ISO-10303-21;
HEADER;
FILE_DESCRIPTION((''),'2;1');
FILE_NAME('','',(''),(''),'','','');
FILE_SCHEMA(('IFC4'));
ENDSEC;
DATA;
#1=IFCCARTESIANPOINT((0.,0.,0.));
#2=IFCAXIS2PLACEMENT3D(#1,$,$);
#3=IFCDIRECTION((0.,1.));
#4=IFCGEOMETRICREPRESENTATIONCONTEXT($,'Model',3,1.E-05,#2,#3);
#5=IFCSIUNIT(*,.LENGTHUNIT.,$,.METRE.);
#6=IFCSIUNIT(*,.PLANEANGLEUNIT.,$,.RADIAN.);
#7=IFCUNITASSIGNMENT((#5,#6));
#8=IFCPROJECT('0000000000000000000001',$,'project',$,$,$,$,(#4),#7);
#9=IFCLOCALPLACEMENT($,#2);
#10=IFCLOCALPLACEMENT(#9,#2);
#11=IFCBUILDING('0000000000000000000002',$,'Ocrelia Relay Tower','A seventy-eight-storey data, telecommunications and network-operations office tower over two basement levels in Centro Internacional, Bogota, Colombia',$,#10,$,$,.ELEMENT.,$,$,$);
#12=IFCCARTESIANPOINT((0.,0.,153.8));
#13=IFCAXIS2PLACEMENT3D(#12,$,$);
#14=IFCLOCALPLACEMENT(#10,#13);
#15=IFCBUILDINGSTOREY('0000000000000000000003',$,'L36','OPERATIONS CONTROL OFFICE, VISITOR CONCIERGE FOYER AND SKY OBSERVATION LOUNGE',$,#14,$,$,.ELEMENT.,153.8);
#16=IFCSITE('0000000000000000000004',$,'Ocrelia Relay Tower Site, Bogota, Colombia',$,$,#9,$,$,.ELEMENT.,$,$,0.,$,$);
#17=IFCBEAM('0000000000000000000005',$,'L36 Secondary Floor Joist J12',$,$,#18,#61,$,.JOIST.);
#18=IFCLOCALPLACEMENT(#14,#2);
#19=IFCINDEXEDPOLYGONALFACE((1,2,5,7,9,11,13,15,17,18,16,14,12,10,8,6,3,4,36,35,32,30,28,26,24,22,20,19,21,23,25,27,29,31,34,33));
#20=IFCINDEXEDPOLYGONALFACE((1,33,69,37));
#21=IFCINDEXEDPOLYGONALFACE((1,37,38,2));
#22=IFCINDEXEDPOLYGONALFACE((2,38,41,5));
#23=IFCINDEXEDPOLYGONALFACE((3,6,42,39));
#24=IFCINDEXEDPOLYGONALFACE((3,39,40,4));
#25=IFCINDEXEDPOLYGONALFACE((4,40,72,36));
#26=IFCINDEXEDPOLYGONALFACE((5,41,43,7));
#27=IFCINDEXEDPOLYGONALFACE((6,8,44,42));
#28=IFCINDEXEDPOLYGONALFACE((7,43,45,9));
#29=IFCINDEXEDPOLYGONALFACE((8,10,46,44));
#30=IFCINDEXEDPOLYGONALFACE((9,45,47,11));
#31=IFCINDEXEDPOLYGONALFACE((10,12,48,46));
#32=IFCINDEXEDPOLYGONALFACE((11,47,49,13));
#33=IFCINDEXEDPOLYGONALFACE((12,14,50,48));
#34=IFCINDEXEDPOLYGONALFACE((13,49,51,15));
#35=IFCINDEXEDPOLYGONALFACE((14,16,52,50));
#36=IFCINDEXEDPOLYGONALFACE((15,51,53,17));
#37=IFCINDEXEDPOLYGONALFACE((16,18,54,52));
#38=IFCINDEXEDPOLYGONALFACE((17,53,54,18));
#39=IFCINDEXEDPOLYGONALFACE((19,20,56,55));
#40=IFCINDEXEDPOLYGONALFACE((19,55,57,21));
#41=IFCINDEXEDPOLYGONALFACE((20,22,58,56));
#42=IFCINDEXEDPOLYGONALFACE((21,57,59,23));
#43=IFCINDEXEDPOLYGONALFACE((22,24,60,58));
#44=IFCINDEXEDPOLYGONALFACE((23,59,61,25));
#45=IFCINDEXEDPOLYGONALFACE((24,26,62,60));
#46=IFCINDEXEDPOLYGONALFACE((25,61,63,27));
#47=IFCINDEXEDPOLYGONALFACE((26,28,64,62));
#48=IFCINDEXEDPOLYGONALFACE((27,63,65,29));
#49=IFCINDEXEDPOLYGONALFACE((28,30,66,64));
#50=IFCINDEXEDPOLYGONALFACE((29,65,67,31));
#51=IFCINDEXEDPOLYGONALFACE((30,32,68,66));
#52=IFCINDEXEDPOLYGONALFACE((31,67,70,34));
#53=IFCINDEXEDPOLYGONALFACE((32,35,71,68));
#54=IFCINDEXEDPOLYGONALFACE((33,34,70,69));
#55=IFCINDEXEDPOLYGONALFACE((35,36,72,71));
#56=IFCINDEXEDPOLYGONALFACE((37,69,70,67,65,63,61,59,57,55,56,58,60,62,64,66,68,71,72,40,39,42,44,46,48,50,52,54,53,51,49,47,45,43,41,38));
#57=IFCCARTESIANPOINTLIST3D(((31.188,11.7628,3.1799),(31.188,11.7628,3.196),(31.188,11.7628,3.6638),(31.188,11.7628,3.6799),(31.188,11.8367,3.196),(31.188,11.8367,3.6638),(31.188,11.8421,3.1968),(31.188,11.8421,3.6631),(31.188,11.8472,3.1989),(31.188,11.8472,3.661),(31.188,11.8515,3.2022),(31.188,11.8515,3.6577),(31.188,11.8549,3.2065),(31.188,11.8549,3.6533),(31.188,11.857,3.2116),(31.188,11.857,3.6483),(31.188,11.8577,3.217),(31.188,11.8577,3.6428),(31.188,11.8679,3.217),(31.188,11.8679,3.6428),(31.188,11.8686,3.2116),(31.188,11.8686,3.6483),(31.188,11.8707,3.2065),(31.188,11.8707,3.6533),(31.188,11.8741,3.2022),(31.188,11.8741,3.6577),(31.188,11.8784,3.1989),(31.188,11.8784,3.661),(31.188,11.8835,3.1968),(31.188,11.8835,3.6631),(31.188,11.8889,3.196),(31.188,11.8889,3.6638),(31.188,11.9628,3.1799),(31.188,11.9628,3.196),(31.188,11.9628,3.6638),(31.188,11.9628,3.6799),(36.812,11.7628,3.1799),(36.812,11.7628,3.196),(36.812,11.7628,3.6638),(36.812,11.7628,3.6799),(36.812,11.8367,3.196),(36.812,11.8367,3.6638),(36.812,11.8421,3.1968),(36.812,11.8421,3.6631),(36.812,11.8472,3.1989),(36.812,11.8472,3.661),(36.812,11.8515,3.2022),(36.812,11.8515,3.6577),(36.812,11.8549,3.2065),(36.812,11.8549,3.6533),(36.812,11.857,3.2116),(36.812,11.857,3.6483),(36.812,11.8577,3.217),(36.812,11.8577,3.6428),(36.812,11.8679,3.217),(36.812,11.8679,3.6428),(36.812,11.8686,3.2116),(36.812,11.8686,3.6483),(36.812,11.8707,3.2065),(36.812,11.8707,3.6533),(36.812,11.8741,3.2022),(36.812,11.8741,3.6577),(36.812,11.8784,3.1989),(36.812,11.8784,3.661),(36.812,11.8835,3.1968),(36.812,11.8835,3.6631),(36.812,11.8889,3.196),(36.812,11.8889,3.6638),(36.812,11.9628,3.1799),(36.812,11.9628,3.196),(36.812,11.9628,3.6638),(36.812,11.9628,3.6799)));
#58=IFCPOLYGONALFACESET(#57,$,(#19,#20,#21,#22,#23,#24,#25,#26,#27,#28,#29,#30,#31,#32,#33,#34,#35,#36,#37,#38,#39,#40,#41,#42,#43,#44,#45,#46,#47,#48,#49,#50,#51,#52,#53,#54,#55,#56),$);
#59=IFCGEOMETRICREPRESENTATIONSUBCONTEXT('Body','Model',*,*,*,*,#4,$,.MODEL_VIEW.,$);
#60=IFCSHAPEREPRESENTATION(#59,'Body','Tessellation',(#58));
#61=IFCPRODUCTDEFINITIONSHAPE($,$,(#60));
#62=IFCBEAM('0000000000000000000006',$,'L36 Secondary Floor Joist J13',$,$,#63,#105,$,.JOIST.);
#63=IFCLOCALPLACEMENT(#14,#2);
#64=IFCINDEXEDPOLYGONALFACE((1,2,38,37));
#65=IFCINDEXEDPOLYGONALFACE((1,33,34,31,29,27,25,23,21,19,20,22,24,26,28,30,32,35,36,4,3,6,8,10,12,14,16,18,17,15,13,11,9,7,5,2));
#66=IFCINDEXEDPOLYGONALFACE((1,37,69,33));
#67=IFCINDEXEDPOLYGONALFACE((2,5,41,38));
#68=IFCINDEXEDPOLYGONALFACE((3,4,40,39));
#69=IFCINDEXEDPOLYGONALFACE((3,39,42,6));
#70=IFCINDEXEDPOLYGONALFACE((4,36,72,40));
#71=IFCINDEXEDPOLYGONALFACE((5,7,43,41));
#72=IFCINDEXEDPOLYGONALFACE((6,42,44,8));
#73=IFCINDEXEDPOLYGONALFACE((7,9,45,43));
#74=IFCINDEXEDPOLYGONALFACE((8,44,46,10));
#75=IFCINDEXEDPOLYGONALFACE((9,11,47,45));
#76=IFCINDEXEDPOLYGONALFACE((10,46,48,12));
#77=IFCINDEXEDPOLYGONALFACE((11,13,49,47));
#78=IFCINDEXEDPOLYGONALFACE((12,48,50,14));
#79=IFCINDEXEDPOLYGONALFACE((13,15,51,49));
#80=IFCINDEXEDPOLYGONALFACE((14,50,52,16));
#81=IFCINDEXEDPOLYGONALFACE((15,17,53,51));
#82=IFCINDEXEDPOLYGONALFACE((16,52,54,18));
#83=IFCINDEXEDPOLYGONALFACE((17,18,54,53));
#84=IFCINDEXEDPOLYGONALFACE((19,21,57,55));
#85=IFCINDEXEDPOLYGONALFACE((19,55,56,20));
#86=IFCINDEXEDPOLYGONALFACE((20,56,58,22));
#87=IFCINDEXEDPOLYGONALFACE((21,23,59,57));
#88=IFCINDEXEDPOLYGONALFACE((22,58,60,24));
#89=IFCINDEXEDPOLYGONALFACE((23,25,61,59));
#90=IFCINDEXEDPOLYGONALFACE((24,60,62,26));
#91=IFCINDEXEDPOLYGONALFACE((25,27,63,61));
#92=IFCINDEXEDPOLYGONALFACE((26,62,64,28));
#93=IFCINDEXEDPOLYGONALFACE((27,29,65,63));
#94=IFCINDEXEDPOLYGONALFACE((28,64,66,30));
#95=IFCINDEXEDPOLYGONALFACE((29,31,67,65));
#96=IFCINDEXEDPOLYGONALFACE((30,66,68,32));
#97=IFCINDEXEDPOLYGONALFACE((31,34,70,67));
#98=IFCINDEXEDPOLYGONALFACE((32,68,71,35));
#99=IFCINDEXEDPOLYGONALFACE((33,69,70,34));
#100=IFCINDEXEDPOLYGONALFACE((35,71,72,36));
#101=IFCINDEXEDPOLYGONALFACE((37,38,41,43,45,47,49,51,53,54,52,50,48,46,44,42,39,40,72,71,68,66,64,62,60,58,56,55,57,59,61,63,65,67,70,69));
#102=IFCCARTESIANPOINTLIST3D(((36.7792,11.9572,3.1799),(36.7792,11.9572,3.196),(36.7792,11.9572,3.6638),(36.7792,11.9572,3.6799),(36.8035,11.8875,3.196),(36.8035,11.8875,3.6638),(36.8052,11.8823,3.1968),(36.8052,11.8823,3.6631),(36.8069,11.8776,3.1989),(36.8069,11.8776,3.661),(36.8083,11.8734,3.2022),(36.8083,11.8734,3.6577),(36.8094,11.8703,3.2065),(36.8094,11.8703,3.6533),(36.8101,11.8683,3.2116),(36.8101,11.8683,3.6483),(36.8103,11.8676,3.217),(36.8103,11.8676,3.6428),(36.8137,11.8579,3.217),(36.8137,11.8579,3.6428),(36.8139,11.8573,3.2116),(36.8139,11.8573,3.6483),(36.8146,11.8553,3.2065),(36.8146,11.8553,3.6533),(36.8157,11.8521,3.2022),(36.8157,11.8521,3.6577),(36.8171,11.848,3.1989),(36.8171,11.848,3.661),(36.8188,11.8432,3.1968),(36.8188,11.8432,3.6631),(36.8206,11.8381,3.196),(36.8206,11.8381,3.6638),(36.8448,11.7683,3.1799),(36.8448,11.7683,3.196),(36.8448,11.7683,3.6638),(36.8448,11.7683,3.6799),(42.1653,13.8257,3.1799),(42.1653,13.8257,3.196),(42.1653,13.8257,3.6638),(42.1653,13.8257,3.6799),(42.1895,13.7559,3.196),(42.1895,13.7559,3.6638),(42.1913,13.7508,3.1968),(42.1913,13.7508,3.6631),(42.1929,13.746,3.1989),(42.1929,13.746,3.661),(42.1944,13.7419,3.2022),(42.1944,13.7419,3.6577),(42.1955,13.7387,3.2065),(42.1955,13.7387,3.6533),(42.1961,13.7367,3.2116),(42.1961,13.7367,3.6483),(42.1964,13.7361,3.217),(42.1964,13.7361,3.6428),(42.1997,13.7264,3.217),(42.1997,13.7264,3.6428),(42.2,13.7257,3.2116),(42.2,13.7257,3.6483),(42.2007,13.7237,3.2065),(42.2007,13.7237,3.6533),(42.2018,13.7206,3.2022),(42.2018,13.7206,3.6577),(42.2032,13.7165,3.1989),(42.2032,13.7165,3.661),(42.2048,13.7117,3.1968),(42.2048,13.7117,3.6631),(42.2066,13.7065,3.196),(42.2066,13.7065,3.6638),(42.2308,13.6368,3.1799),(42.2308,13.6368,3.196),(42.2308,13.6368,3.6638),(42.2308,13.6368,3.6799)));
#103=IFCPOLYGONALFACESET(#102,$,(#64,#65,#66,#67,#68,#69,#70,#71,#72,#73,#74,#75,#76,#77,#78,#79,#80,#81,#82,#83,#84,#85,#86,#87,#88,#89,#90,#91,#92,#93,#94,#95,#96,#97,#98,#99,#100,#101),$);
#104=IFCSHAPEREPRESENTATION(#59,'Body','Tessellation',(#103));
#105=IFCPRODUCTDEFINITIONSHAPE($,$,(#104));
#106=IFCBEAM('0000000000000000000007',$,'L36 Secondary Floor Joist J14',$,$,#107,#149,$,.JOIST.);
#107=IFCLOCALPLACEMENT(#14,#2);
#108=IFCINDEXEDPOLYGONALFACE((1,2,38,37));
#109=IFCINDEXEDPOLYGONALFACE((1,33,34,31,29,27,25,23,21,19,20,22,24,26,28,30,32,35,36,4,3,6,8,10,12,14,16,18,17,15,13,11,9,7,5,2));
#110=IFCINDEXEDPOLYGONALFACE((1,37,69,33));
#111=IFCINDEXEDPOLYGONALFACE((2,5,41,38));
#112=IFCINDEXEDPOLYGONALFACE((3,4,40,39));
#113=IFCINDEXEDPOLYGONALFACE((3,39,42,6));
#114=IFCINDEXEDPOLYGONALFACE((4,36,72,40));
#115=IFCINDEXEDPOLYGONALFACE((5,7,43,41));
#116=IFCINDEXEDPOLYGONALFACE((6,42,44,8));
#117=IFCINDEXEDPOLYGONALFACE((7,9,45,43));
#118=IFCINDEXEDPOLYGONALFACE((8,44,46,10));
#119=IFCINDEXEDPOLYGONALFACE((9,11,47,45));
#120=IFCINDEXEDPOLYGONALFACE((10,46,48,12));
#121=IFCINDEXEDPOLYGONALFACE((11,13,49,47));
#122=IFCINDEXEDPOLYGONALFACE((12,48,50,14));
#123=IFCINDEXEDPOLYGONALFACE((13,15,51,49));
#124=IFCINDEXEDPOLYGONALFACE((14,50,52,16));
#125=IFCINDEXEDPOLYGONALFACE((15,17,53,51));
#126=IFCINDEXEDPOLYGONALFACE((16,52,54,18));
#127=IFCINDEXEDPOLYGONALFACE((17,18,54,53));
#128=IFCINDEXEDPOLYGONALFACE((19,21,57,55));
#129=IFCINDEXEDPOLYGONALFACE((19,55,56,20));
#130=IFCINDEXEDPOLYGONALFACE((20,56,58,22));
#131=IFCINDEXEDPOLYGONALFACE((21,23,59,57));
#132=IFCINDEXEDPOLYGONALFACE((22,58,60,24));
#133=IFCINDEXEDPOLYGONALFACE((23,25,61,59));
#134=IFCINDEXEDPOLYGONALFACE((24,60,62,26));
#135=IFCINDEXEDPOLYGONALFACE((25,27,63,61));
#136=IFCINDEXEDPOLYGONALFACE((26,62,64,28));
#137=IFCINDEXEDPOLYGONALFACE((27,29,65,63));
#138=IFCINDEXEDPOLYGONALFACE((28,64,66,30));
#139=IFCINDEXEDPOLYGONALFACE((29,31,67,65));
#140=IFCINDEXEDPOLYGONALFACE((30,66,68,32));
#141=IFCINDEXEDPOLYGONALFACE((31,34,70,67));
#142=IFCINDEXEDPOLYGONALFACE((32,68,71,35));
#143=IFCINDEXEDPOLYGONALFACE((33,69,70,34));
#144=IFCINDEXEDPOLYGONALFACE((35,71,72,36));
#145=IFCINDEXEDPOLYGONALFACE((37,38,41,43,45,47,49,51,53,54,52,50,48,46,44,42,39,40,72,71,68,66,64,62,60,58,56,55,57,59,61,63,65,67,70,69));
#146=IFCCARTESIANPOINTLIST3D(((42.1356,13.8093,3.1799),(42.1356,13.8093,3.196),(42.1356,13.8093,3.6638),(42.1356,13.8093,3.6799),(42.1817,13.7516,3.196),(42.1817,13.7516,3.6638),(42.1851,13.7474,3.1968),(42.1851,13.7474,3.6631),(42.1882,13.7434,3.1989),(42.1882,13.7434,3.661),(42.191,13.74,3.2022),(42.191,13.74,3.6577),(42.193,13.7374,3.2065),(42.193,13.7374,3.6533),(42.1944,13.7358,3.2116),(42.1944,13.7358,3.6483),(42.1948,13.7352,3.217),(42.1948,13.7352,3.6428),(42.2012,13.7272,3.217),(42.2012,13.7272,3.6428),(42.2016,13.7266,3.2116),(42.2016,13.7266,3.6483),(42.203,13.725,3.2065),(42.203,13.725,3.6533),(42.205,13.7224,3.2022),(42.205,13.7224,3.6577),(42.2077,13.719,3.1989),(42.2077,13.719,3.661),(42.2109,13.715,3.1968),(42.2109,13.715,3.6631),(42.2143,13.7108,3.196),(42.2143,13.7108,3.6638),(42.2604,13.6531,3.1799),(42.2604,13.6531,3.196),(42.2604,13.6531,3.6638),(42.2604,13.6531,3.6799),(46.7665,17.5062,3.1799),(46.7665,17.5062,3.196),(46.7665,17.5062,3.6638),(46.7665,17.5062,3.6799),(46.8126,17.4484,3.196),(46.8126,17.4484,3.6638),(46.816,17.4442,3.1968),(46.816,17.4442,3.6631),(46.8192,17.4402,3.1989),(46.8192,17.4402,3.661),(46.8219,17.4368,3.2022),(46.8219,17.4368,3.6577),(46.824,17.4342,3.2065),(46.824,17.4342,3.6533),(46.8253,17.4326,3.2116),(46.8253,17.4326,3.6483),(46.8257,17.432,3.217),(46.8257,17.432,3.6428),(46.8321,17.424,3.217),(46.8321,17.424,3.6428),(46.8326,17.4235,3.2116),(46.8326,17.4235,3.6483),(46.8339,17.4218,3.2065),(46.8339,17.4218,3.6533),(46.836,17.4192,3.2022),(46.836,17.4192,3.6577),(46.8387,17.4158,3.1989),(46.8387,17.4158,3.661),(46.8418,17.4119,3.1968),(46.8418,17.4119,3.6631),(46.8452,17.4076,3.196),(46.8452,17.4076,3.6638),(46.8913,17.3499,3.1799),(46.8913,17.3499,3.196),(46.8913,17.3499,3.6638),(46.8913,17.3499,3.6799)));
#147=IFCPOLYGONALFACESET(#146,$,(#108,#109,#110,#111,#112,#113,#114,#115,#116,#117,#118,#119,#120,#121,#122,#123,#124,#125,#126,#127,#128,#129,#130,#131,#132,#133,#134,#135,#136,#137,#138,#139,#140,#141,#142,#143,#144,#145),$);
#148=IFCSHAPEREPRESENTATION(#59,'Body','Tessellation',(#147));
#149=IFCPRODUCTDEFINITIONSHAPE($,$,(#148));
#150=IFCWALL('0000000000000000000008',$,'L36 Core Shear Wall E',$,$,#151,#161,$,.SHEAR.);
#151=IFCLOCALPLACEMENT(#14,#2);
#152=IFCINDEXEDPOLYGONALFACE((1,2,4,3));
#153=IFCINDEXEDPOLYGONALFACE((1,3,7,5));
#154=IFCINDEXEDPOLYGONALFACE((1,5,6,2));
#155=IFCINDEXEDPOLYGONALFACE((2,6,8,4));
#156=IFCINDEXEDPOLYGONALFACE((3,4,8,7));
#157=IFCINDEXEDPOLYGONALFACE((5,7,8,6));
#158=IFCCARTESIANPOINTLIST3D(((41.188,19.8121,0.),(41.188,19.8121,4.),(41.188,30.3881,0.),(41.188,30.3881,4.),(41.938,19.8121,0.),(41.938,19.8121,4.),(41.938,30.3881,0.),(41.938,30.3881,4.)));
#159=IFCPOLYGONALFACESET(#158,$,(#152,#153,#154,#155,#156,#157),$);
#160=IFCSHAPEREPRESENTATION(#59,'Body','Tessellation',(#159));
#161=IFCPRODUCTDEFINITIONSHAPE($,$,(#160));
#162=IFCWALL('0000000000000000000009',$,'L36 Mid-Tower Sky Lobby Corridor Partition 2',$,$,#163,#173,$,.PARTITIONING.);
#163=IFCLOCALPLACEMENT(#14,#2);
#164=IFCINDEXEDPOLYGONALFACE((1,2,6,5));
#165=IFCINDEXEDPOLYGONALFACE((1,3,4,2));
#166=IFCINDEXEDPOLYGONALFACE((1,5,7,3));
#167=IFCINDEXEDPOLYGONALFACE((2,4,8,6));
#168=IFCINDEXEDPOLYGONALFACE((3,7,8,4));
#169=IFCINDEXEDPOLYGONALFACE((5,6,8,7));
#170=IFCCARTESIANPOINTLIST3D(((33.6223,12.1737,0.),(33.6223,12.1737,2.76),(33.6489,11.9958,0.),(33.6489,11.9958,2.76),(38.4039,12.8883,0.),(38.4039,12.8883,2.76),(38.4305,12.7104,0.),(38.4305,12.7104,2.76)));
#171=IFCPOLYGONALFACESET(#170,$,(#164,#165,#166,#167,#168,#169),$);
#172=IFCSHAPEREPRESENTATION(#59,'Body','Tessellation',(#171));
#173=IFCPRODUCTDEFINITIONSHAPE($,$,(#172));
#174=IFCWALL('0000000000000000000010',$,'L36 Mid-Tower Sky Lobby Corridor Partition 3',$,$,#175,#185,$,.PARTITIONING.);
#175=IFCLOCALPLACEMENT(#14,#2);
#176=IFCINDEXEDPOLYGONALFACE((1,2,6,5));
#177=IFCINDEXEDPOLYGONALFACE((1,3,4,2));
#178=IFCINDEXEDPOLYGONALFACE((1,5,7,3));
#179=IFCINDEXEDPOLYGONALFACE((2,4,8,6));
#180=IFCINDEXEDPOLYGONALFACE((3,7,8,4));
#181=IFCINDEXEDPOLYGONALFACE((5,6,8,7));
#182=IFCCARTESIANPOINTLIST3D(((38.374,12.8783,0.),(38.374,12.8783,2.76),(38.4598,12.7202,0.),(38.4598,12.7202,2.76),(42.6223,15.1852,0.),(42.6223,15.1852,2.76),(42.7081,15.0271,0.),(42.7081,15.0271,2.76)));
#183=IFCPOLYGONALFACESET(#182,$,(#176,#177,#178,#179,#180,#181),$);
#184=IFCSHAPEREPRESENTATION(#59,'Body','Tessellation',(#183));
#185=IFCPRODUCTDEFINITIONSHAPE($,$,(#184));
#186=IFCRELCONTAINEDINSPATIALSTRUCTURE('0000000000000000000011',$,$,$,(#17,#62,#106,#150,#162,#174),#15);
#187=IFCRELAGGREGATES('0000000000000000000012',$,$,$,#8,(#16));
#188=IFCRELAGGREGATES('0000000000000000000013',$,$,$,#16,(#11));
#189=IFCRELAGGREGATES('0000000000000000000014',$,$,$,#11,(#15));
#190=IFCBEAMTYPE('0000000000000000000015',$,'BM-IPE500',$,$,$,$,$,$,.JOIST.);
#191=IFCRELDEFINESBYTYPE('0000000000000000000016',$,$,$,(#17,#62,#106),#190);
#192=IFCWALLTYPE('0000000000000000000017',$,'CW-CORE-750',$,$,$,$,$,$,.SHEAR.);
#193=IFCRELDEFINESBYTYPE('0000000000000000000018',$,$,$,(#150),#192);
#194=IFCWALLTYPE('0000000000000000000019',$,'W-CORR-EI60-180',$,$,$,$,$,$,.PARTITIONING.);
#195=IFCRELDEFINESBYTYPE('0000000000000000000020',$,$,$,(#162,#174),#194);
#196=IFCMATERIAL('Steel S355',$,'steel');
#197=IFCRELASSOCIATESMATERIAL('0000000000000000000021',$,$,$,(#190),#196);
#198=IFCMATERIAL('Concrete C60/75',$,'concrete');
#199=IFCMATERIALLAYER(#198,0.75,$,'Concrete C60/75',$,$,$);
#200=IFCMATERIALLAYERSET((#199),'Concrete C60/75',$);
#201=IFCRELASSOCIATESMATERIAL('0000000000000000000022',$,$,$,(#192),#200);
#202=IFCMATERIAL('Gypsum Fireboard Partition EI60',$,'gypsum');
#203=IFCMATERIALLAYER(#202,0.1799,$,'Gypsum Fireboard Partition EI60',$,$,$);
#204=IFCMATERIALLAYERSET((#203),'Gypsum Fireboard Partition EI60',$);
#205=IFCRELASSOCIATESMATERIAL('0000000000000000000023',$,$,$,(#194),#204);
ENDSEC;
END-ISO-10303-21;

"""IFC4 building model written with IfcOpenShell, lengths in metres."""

from ifc_helpers import new_model, si_unit, direction, frame, frame_2d, origin, origin_2d, place, context, subcontext, project, spatial, rectangle, i_section, extrude, material, layer, layer_set, material_profile, profile_set, type_object, element, save


model = new_model("IFC4")

# Units and contexts
model_context = context("Model", 3, precision=1e-05, world=origin(), true_north=direction((0.0, 1.0)))
body_context = subcontext(model_context, "Body", "Model", "MODEL_VIEW")
ifc_project = project(units=[si_unit("LENGTHUNIT", "METRE"), si_unit("PLANEANGLEUNIT", "RADIAN")], contexts=[model_context])

# Site, building, storey
site_placement = place(None, origin())
site = spatial("IfcSite", under=ifc_project, at=site_placement, Name="Ocrelia Relay Tower Site, Bogota, Colombia", CompositionType="ELEMENT", RefElevation=0.0)
building_placement = place(site_placement, origin())
building = spatial("IfcBuilding", under=site, at=building_placement, Name="Ocrelia Relay Tower", Description="A seventy-eight-storey data, telecommunications and network-operations office tower over two basement levels in Centro Internacional, Bogota, Colombia", CompositionType="ELEMENT")
storey_placement = place(building_placement, frame((0.0, 0.0, 153.8)))
storey = spatial("IfcBuildingStorey", under=building, at=storey_placement, Name="L36", Description="OPERATIONS CONTROL OFFICE, VISITOR CONCIERGE FOYER AND SKY OBSERVATION LOUNGE", CompositionType="ELEMENT", Elevation=153.8)

# Shared definitions
ifc_material_1 = material(Name="Concrete C60/75", Category="concrete")

# Beams
ifc_material_2 = material(Name="Steel S355", Category="steel")
ifc_material_profile_1 = material_profile(ifc_material_2, i_section(OverallWidth=0.2, OverallDepth=0.5, WebThickness=0.0103, FlangeThickness=0.0161, FilletRadius=0.021, at=origin_2d()), Name="IPE 500")
ifc_profile_set_1 = profile_set([ifc_material_profile_1], Name="Steel S355")
beam_type_1 = type_object("IfcBeamType", Name="BM-IPE500", PredefinedType="JOIST", material=ifc_profile_set_1)
beam_1_placement = place(storey_placement, frame((31.188, 11.8628, 3.4299), z_axis=(1.0, 0.0, 0.0), x_axis=(0.0, 1.0, 0.0)))
element("IfcBeam", 1, at=beam_1_placement, inside=storey, type_object=beam_type_1, Name="L36 Secondary Floor Joist J12", PredefinedType="JOIST", context=body_context, shape_type="SweptSolid", body=[
    extrude(i_section(OverallWidth=0.2, OverallDepth=0.5, WebThickness=0.0103, FlangeThickness=0.0161, FilletRadius=0.021, at=origin_2d()), origin(), (0.0, 0.0, 1.0), 5.624),
])
beam_2_placement = place(storey_placement, frame((36.812, 11.8628, 3.4299), z_axis=(0.944767, 0.327741, 0.0), x_axis=(-0.327741, 0.944767, 0.0)))
element("IfcBeam", 2, at=beam_2_placement, inside=storey, type_object=beam_type_1, Name="L36 Secondary Floor Joist J13", PredefinedType="JOIST", context=body_context, shape_type="SweptSolid", body=[
    extrude(i_section(OverallWidth=0.2, OverallDepth=0.5, WebThickness=0.0103, FlangeThickness=0.0161, FilletRadius=0.021, at=origin_2d()), origin(), (0.0, 0.0, 1.0), 5.7009),
])
beam_3_placement = place(storey_placement, frame((42.198, 13.7312, 3.4299), z_axis=(0.78152, 0.623881, 0.0), x_axis=(-0.623881, 0.78152, 0.0)))
element("IfcBeam", 3, at=beam_3_placement, inside=storey, type_object=beam_type_1, Name="L36 Secondary Floor Joist J14", PredefinedType="JOIST", context=body_context, shape_type="SweptSolid", body=[
    extrude(i_section(OverallWidth=0.2, OverallDepth=0.5, WebThickness=0.0103, FlangeThickness=0.0161, FilletRadius=0.021, at=origin_2d()), origin(), (0.0, 0.0, 1.0), 5.9255),
])

# Walls
ifc_layer_1 = layer(ifc_material_1, 0.75, Name="Concrete C60/75")
ifc_layer_set_1 = layer_set([ifc_layer_1], Name="Concrete C60/75")
wall_type_1 = type_object("IfcWallType", Name="CW-CORE-750", PredefinedType="SHEAR", material=ifc_layer_set_1)
wall_1_placement = place(storey_placement, frame((41.563, 19.812, 0.0), z_axis=(0.0, 0.0, 1.0), x_axis=(0.0, 1.0, 0.0)))
element("IfcWall", 4, at=wall_1_placement, inside=storey, type_object=wall_type_1, Name="L36 Core Shear Wall E", PredefinedType="SHEAR", context=body_context, shape_type="SweptSolid", body=[
    extrude(rectangle(XDim=10.5759, YDim=0.75, at=frame_2d((5.2881, 0.0))), origin(), (0.0, 0.0, 1.0), 4.0),
])
ifc_material_3 = material(Name="Gypsum Fireboard Partition EI60", Category="gypsum")
ifc_layer_2 = layer(ifc_material_3, 0.1799, Name="Gypsum Fireboard Partition EI60")
ifc_layer_set_2 = layer_set([ifc_layer_2], Name="Gypsum Fireboard Partition EI60")
wall_type_2 = type_object("IfcWallType", Name="W-CORR-EI60-180", PredefinedType="PARTITIONING", material=ifc_layer_set_2)
wall_2_placement = place(storey_placement, frame((33.6355, 12.0847, 0.0), z_axis=(0.0, 0.0, 1.0), x_axis=(0.989016, 0.14781, 0.0)))
element("IfcWall", 5, at=wall_2_placement, inside=storey, type_object=wall_type_2, Name="L36 Mid-Tower Sky Lobby Corridor Partition 2", PredefinedType="PARTITIONING", context=body_context, shape_type="SweptSolid", body=[
    extrude(rectangle(XDim=4.8347, YDim=0.1799, at=frame_2d((2.4175, 0.0))), origin(), (0.0, 0.0, 1.0), 2.76),
])
wall_3_placement = place(storey_placement, frame((38.417, 12.7993, 0.0), z_axis=(0.0, 0.0, 1.0), x_axis=(0.878795, 0.477199, 0.0)))
element("IfcWall", 6, at=wall_3_placement, inside=storey, type_object=wall_type_2, Name="L36 Mid-Tower Sky Lobby Corridor Partition 3", PredefinedType="PARTITIONING", context=body_context, shape_type="SweptSolid", body=[
    extrude(rectangle(XDim=4.8342, YDim=0.1799, at=frame_2d((2.417, 0.0))), origin(), (0.0, 0.0, 1.0), 2.76),
])

save(model, "model.ifc")
